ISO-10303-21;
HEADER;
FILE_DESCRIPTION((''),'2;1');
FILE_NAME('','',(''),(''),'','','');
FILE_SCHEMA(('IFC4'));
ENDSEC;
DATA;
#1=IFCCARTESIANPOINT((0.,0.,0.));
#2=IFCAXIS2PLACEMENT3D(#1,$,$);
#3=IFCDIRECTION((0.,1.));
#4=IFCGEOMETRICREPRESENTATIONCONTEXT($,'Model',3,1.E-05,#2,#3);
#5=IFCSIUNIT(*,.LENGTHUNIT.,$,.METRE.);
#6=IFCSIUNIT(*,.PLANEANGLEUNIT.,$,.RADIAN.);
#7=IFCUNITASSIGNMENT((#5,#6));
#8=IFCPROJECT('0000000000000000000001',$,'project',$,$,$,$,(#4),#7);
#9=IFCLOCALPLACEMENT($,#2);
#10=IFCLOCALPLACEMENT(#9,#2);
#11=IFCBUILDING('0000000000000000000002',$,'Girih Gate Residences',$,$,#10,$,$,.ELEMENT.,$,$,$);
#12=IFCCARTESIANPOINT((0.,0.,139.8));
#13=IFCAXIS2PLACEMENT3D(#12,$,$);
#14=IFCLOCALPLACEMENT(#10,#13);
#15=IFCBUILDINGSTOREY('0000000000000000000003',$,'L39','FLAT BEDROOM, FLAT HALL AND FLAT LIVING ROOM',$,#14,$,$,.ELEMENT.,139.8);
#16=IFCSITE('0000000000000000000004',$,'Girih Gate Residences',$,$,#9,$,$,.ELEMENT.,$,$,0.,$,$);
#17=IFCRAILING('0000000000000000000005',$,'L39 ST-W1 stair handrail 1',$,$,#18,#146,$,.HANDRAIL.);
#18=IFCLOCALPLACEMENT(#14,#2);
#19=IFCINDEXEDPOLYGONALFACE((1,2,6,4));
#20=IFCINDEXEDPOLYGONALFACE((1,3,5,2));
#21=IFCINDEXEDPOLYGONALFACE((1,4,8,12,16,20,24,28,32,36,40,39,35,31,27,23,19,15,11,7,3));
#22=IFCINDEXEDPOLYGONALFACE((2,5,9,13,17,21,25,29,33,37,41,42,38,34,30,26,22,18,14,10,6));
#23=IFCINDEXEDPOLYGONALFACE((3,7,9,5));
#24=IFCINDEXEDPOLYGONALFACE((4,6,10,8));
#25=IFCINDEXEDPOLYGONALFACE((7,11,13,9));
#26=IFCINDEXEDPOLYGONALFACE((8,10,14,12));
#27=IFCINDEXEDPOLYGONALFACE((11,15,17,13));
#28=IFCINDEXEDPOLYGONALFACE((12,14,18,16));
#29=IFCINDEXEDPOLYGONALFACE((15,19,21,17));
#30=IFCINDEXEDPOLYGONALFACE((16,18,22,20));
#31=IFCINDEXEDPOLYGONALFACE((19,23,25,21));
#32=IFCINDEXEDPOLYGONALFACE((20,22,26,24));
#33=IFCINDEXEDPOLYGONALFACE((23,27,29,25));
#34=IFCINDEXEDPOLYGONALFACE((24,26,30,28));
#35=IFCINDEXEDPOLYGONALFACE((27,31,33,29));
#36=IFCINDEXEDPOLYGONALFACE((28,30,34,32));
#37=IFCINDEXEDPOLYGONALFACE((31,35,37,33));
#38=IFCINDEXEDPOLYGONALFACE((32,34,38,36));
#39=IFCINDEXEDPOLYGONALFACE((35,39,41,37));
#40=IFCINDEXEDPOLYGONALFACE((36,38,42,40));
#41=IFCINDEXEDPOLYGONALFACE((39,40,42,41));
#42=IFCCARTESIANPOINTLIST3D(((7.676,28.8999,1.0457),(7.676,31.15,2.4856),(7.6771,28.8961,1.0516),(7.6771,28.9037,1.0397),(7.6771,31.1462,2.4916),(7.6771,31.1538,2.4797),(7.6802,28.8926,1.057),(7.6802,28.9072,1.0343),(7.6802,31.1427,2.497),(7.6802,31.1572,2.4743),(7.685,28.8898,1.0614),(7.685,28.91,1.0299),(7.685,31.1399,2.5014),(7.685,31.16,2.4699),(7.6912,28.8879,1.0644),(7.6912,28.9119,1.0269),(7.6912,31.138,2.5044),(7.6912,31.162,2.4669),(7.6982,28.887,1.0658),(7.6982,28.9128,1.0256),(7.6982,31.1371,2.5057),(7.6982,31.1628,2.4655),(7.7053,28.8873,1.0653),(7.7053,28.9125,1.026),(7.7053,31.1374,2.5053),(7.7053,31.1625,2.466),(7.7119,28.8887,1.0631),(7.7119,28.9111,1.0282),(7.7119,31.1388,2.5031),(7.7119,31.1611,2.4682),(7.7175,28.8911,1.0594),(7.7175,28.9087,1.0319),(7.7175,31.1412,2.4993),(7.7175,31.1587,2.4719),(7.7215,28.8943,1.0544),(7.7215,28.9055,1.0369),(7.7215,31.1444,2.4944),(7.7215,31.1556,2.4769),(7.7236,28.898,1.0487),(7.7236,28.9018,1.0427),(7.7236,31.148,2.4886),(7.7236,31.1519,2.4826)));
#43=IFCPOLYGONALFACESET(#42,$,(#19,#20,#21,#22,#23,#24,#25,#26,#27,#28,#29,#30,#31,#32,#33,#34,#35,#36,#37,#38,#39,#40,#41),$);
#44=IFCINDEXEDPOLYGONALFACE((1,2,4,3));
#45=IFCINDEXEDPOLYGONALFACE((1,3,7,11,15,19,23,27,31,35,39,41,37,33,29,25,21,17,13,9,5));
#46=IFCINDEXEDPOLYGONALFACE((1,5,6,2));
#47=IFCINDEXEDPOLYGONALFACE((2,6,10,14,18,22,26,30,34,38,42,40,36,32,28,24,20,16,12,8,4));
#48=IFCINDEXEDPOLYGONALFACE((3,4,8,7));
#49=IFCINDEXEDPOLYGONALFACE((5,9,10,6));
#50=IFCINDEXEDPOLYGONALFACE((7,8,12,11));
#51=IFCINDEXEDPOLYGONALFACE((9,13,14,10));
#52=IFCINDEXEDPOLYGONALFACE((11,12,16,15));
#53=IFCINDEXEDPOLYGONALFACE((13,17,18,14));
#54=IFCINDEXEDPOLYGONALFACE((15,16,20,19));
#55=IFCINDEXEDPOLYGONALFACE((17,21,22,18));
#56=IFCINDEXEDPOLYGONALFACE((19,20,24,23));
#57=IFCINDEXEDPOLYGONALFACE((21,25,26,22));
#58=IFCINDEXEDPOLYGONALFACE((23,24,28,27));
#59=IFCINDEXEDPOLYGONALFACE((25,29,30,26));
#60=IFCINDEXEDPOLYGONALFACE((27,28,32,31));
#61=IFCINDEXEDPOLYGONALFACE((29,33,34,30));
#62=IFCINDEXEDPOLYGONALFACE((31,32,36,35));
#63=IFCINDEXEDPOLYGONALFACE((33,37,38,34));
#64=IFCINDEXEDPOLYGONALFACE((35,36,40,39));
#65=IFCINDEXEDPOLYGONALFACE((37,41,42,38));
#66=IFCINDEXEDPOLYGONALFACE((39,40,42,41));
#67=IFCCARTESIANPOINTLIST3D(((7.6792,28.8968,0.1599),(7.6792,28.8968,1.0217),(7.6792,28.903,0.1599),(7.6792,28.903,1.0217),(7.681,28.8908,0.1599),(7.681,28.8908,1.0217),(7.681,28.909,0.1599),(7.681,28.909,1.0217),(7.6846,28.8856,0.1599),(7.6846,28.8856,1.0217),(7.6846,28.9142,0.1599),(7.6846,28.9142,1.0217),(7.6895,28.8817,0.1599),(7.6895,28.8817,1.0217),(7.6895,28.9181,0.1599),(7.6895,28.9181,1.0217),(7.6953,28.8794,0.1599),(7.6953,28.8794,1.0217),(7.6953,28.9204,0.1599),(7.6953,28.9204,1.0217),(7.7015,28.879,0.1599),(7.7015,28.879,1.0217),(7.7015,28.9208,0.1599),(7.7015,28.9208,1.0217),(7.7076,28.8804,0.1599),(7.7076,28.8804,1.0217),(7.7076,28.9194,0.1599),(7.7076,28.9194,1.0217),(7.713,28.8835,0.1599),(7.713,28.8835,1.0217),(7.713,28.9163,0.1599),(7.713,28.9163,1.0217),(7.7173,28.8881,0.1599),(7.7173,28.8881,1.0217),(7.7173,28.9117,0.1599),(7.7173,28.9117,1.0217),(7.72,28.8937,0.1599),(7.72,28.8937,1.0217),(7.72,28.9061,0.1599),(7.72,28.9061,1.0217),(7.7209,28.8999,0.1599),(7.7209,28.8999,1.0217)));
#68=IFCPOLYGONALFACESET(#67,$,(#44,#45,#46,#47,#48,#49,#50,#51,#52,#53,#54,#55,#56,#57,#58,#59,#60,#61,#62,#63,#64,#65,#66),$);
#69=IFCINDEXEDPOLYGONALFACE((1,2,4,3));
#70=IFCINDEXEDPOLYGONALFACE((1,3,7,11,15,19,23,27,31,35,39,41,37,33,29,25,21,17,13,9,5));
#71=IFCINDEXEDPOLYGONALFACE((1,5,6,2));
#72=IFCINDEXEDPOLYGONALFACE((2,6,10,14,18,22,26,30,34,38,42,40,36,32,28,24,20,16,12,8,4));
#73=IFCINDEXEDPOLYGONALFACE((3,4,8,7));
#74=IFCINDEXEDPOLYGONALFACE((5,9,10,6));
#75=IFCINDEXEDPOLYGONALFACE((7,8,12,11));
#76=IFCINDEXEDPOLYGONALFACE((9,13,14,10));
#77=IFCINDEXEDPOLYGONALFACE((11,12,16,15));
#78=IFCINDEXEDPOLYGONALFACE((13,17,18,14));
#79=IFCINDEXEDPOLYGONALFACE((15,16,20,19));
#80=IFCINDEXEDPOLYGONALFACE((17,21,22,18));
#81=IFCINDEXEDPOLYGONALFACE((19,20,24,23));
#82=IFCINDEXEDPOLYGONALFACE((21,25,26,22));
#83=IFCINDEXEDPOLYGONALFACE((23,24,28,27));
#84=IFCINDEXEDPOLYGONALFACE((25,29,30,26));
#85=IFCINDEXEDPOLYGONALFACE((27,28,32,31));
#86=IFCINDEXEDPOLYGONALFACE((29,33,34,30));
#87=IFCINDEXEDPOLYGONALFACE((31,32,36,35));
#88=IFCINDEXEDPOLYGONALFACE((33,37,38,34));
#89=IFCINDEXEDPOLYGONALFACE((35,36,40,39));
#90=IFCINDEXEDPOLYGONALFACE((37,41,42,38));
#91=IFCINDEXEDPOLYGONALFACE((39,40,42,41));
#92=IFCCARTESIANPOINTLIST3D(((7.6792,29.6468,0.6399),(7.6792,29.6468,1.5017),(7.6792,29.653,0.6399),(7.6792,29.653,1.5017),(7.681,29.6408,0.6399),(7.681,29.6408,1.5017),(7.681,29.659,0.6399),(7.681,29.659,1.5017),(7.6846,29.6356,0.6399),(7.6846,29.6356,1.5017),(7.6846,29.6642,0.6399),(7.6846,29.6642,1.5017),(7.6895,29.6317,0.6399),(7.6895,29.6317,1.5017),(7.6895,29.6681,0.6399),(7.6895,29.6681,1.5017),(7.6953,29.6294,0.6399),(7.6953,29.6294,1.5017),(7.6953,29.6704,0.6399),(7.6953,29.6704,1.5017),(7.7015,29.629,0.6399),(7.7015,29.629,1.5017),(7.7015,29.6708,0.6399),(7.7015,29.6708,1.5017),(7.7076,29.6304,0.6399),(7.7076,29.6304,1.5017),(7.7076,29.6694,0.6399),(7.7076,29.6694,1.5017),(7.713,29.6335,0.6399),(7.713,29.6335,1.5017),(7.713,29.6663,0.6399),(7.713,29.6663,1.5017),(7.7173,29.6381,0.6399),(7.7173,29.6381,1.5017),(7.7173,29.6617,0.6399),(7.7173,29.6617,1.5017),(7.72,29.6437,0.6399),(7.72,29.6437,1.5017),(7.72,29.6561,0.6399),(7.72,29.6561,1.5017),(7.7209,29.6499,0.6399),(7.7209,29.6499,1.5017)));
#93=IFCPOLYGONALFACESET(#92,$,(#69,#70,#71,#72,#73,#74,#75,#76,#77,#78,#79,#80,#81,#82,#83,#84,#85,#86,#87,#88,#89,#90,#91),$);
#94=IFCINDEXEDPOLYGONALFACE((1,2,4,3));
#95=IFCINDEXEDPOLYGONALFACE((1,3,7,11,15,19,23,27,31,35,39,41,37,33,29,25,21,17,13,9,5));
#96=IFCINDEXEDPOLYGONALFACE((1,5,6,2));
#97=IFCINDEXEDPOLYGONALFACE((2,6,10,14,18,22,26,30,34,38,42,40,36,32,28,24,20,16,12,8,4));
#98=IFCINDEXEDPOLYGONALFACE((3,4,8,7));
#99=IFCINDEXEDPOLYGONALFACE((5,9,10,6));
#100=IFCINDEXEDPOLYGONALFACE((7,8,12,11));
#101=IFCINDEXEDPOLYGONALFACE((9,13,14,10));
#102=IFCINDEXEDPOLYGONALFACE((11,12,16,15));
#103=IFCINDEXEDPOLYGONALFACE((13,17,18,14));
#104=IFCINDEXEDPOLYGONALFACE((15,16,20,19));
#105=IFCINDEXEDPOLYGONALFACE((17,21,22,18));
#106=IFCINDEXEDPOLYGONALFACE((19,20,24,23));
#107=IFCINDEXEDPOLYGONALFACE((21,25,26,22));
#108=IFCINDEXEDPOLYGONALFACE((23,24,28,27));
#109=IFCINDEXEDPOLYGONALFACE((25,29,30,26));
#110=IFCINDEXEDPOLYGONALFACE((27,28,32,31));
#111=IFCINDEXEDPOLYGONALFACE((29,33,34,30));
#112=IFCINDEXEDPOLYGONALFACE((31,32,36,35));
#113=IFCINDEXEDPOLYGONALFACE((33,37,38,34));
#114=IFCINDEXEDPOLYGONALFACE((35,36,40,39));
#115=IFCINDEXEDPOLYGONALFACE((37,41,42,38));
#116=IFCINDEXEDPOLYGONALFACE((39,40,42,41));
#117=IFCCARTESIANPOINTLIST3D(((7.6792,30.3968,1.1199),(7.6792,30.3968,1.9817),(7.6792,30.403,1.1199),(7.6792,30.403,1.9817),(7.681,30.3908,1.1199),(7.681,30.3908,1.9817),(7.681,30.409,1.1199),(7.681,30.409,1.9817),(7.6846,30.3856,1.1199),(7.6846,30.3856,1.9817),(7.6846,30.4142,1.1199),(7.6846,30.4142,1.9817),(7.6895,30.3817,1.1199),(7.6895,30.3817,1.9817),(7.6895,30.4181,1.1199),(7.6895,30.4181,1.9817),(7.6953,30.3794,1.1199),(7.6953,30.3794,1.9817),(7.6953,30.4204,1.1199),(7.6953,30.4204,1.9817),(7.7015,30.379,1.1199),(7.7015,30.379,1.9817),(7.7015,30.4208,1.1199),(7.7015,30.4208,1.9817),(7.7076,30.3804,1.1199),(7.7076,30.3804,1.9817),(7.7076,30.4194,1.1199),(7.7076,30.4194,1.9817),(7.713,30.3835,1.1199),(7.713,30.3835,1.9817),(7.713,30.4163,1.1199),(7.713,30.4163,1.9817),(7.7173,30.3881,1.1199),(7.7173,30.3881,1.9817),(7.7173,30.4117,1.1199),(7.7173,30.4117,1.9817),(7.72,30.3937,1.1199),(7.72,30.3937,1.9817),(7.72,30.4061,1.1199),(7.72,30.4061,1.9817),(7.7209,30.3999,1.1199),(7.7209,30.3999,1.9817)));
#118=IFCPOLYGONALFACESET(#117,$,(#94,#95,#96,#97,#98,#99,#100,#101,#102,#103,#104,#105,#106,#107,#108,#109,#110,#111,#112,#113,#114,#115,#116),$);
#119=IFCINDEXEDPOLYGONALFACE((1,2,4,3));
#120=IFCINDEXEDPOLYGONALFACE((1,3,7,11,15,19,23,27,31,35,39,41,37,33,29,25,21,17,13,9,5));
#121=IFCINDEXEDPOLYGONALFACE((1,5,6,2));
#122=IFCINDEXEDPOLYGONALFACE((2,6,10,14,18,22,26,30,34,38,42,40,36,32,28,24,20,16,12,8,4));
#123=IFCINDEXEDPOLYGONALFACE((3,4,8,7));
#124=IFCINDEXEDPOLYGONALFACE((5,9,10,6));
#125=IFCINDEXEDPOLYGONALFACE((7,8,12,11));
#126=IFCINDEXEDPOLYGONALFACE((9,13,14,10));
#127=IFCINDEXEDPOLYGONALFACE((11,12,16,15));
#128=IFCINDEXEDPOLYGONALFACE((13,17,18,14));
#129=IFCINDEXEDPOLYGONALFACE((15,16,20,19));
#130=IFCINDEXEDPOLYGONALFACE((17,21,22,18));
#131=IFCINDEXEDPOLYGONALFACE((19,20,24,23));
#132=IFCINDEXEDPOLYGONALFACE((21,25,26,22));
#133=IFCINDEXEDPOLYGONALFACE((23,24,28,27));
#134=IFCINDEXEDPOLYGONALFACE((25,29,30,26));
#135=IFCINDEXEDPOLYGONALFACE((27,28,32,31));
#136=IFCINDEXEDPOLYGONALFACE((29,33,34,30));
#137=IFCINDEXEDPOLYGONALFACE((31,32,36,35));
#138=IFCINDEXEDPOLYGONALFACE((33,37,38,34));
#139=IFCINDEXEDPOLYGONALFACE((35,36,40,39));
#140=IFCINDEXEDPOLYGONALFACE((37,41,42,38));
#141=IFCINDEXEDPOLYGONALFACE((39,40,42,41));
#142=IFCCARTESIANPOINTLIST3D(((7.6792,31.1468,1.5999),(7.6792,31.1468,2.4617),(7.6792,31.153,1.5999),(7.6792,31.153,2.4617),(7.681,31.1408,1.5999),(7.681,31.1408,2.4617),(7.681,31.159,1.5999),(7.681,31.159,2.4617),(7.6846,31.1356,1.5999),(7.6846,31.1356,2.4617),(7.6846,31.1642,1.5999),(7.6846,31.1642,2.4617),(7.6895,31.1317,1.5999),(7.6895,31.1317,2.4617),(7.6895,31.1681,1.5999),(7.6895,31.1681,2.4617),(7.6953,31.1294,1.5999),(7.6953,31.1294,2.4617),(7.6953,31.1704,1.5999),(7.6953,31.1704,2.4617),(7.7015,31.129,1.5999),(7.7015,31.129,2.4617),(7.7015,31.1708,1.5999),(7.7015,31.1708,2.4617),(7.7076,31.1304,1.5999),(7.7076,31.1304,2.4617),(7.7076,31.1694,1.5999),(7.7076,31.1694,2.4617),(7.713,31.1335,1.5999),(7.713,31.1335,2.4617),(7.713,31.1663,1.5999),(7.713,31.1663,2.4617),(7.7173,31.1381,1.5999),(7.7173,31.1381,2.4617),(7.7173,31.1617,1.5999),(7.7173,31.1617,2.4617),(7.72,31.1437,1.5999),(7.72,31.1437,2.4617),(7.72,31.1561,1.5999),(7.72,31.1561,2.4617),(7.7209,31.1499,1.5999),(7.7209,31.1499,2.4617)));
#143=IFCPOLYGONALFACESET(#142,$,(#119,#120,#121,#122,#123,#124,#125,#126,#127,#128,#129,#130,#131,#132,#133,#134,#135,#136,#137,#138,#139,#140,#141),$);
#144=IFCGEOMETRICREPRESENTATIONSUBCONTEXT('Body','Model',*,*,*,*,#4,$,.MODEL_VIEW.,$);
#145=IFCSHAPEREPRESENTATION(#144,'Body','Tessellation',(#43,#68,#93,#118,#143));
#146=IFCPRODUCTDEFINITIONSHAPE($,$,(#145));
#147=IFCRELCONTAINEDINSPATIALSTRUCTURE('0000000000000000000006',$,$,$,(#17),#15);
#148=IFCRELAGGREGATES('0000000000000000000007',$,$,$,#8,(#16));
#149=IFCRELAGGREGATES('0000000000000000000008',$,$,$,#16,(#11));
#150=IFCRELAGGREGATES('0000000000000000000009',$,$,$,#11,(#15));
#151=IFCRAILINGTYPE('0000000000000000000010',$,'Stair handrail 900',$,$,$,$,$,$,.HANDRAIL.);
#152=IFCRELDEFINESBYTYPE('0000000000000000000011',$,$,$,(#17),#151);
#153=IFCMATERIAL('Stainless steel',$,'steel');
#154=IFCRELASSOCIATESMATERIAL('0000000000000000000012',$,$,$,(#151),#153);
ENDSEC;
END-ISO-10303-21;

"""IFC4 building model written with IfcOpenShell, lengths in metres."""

from ifc_helpers import new_model, si_unit, direction, frame, origin, origin_2d, place, context, subcontext, project, spatial, circle, extrude, material, type_object, element, save


model = new_model("IFC4")

# Units and contexts
model_context = context("Model", 3, precision=1e-05, world=origin(), true_north=direction((0.0, 1.0)))
body_context = subcontext(model_context, "Body", "Model", "MODEL_VIEW")
ifc_project = project(units=[si_unit("LENGTHUNIT", "METRE"), si_unit("PLANEANGLEUNIT", "RADIAN")], contexts=[model_context])

# Site, building, storey
site_placement = place(None, origin())
site = spatial("IfcSite", under=ifc_project, at=site_placement, Name="Girih Gate Residences", CompositionType="ELEMENT", RefElevation=0.0)
building_placement = place(site_placement, origin())
building = spatial("IfcBuilding", under=site, at=building_placement, Name="Girih Gate Residences", CompositionType="ELEMENT")
storey_placement = place(building_placement, frame((0.0, 0.0, 139.8)))
storey = spatial("IfcBuildingStorey", under=building, at=storey_placement, Name="L39", Description="FLAT BEDROOM, FLAT HALL AND FLAT LIVING ROOM", CompositionType="ELEMENT", Elevation=139.8)

# Railing
ifc_material_1 = material(Name="Stainless steel", Category="steel")
railing_type_1 = type_object("IfcRailingType", Name="Stair handrail 900", PredefinedType="HANDRAIL", material=ifc_material_1)
railing_1_placement = place(storey_placement, frame((7.7, 28.8999, 0.1599)))
element("IfcRailing", 1, at=railing_1_placement, inside=storey, type_object=railing_type_1, Name="L39 ST-W1 stair handrail 1", PredefinedType="HANDRAIL", context=body_context, shape_type="SweptSolid", body=[
    extrude(circle(Radius=0.0239, at=origin_2d()), frame((0.0, 0.0, 0.8857), z_axis=(0.0, 0.842281, 0.539038), x_axis=(-1.0, 0.0, 0.0)), (0.0, 0.0, 1.0), 2.6714),
    extrude(circle(Radius=0.021, at=origin_2d()), origin(), (0.0, 0.0, 1.0), 0.8618),
    extrude(circle(Radius=0.021, at=origin_2d()), frame((0.0, 0.75, 0.48)), (0.0, 0.0, 1.0), 0.8618),
    extrude(circle(Radius=0.021, at=origin_2d()), frame((0.0, 1.5, 0.96)), (0.0, 0.0, 1.0), 0.8618),
    extrude(circle(Radius=0.021, at=origin_2d()), frame((0.0, 2.25, 1.4399)), (0.0, 0.0, 1.0), 0.8618),
])

save(model, "model.ifc")
